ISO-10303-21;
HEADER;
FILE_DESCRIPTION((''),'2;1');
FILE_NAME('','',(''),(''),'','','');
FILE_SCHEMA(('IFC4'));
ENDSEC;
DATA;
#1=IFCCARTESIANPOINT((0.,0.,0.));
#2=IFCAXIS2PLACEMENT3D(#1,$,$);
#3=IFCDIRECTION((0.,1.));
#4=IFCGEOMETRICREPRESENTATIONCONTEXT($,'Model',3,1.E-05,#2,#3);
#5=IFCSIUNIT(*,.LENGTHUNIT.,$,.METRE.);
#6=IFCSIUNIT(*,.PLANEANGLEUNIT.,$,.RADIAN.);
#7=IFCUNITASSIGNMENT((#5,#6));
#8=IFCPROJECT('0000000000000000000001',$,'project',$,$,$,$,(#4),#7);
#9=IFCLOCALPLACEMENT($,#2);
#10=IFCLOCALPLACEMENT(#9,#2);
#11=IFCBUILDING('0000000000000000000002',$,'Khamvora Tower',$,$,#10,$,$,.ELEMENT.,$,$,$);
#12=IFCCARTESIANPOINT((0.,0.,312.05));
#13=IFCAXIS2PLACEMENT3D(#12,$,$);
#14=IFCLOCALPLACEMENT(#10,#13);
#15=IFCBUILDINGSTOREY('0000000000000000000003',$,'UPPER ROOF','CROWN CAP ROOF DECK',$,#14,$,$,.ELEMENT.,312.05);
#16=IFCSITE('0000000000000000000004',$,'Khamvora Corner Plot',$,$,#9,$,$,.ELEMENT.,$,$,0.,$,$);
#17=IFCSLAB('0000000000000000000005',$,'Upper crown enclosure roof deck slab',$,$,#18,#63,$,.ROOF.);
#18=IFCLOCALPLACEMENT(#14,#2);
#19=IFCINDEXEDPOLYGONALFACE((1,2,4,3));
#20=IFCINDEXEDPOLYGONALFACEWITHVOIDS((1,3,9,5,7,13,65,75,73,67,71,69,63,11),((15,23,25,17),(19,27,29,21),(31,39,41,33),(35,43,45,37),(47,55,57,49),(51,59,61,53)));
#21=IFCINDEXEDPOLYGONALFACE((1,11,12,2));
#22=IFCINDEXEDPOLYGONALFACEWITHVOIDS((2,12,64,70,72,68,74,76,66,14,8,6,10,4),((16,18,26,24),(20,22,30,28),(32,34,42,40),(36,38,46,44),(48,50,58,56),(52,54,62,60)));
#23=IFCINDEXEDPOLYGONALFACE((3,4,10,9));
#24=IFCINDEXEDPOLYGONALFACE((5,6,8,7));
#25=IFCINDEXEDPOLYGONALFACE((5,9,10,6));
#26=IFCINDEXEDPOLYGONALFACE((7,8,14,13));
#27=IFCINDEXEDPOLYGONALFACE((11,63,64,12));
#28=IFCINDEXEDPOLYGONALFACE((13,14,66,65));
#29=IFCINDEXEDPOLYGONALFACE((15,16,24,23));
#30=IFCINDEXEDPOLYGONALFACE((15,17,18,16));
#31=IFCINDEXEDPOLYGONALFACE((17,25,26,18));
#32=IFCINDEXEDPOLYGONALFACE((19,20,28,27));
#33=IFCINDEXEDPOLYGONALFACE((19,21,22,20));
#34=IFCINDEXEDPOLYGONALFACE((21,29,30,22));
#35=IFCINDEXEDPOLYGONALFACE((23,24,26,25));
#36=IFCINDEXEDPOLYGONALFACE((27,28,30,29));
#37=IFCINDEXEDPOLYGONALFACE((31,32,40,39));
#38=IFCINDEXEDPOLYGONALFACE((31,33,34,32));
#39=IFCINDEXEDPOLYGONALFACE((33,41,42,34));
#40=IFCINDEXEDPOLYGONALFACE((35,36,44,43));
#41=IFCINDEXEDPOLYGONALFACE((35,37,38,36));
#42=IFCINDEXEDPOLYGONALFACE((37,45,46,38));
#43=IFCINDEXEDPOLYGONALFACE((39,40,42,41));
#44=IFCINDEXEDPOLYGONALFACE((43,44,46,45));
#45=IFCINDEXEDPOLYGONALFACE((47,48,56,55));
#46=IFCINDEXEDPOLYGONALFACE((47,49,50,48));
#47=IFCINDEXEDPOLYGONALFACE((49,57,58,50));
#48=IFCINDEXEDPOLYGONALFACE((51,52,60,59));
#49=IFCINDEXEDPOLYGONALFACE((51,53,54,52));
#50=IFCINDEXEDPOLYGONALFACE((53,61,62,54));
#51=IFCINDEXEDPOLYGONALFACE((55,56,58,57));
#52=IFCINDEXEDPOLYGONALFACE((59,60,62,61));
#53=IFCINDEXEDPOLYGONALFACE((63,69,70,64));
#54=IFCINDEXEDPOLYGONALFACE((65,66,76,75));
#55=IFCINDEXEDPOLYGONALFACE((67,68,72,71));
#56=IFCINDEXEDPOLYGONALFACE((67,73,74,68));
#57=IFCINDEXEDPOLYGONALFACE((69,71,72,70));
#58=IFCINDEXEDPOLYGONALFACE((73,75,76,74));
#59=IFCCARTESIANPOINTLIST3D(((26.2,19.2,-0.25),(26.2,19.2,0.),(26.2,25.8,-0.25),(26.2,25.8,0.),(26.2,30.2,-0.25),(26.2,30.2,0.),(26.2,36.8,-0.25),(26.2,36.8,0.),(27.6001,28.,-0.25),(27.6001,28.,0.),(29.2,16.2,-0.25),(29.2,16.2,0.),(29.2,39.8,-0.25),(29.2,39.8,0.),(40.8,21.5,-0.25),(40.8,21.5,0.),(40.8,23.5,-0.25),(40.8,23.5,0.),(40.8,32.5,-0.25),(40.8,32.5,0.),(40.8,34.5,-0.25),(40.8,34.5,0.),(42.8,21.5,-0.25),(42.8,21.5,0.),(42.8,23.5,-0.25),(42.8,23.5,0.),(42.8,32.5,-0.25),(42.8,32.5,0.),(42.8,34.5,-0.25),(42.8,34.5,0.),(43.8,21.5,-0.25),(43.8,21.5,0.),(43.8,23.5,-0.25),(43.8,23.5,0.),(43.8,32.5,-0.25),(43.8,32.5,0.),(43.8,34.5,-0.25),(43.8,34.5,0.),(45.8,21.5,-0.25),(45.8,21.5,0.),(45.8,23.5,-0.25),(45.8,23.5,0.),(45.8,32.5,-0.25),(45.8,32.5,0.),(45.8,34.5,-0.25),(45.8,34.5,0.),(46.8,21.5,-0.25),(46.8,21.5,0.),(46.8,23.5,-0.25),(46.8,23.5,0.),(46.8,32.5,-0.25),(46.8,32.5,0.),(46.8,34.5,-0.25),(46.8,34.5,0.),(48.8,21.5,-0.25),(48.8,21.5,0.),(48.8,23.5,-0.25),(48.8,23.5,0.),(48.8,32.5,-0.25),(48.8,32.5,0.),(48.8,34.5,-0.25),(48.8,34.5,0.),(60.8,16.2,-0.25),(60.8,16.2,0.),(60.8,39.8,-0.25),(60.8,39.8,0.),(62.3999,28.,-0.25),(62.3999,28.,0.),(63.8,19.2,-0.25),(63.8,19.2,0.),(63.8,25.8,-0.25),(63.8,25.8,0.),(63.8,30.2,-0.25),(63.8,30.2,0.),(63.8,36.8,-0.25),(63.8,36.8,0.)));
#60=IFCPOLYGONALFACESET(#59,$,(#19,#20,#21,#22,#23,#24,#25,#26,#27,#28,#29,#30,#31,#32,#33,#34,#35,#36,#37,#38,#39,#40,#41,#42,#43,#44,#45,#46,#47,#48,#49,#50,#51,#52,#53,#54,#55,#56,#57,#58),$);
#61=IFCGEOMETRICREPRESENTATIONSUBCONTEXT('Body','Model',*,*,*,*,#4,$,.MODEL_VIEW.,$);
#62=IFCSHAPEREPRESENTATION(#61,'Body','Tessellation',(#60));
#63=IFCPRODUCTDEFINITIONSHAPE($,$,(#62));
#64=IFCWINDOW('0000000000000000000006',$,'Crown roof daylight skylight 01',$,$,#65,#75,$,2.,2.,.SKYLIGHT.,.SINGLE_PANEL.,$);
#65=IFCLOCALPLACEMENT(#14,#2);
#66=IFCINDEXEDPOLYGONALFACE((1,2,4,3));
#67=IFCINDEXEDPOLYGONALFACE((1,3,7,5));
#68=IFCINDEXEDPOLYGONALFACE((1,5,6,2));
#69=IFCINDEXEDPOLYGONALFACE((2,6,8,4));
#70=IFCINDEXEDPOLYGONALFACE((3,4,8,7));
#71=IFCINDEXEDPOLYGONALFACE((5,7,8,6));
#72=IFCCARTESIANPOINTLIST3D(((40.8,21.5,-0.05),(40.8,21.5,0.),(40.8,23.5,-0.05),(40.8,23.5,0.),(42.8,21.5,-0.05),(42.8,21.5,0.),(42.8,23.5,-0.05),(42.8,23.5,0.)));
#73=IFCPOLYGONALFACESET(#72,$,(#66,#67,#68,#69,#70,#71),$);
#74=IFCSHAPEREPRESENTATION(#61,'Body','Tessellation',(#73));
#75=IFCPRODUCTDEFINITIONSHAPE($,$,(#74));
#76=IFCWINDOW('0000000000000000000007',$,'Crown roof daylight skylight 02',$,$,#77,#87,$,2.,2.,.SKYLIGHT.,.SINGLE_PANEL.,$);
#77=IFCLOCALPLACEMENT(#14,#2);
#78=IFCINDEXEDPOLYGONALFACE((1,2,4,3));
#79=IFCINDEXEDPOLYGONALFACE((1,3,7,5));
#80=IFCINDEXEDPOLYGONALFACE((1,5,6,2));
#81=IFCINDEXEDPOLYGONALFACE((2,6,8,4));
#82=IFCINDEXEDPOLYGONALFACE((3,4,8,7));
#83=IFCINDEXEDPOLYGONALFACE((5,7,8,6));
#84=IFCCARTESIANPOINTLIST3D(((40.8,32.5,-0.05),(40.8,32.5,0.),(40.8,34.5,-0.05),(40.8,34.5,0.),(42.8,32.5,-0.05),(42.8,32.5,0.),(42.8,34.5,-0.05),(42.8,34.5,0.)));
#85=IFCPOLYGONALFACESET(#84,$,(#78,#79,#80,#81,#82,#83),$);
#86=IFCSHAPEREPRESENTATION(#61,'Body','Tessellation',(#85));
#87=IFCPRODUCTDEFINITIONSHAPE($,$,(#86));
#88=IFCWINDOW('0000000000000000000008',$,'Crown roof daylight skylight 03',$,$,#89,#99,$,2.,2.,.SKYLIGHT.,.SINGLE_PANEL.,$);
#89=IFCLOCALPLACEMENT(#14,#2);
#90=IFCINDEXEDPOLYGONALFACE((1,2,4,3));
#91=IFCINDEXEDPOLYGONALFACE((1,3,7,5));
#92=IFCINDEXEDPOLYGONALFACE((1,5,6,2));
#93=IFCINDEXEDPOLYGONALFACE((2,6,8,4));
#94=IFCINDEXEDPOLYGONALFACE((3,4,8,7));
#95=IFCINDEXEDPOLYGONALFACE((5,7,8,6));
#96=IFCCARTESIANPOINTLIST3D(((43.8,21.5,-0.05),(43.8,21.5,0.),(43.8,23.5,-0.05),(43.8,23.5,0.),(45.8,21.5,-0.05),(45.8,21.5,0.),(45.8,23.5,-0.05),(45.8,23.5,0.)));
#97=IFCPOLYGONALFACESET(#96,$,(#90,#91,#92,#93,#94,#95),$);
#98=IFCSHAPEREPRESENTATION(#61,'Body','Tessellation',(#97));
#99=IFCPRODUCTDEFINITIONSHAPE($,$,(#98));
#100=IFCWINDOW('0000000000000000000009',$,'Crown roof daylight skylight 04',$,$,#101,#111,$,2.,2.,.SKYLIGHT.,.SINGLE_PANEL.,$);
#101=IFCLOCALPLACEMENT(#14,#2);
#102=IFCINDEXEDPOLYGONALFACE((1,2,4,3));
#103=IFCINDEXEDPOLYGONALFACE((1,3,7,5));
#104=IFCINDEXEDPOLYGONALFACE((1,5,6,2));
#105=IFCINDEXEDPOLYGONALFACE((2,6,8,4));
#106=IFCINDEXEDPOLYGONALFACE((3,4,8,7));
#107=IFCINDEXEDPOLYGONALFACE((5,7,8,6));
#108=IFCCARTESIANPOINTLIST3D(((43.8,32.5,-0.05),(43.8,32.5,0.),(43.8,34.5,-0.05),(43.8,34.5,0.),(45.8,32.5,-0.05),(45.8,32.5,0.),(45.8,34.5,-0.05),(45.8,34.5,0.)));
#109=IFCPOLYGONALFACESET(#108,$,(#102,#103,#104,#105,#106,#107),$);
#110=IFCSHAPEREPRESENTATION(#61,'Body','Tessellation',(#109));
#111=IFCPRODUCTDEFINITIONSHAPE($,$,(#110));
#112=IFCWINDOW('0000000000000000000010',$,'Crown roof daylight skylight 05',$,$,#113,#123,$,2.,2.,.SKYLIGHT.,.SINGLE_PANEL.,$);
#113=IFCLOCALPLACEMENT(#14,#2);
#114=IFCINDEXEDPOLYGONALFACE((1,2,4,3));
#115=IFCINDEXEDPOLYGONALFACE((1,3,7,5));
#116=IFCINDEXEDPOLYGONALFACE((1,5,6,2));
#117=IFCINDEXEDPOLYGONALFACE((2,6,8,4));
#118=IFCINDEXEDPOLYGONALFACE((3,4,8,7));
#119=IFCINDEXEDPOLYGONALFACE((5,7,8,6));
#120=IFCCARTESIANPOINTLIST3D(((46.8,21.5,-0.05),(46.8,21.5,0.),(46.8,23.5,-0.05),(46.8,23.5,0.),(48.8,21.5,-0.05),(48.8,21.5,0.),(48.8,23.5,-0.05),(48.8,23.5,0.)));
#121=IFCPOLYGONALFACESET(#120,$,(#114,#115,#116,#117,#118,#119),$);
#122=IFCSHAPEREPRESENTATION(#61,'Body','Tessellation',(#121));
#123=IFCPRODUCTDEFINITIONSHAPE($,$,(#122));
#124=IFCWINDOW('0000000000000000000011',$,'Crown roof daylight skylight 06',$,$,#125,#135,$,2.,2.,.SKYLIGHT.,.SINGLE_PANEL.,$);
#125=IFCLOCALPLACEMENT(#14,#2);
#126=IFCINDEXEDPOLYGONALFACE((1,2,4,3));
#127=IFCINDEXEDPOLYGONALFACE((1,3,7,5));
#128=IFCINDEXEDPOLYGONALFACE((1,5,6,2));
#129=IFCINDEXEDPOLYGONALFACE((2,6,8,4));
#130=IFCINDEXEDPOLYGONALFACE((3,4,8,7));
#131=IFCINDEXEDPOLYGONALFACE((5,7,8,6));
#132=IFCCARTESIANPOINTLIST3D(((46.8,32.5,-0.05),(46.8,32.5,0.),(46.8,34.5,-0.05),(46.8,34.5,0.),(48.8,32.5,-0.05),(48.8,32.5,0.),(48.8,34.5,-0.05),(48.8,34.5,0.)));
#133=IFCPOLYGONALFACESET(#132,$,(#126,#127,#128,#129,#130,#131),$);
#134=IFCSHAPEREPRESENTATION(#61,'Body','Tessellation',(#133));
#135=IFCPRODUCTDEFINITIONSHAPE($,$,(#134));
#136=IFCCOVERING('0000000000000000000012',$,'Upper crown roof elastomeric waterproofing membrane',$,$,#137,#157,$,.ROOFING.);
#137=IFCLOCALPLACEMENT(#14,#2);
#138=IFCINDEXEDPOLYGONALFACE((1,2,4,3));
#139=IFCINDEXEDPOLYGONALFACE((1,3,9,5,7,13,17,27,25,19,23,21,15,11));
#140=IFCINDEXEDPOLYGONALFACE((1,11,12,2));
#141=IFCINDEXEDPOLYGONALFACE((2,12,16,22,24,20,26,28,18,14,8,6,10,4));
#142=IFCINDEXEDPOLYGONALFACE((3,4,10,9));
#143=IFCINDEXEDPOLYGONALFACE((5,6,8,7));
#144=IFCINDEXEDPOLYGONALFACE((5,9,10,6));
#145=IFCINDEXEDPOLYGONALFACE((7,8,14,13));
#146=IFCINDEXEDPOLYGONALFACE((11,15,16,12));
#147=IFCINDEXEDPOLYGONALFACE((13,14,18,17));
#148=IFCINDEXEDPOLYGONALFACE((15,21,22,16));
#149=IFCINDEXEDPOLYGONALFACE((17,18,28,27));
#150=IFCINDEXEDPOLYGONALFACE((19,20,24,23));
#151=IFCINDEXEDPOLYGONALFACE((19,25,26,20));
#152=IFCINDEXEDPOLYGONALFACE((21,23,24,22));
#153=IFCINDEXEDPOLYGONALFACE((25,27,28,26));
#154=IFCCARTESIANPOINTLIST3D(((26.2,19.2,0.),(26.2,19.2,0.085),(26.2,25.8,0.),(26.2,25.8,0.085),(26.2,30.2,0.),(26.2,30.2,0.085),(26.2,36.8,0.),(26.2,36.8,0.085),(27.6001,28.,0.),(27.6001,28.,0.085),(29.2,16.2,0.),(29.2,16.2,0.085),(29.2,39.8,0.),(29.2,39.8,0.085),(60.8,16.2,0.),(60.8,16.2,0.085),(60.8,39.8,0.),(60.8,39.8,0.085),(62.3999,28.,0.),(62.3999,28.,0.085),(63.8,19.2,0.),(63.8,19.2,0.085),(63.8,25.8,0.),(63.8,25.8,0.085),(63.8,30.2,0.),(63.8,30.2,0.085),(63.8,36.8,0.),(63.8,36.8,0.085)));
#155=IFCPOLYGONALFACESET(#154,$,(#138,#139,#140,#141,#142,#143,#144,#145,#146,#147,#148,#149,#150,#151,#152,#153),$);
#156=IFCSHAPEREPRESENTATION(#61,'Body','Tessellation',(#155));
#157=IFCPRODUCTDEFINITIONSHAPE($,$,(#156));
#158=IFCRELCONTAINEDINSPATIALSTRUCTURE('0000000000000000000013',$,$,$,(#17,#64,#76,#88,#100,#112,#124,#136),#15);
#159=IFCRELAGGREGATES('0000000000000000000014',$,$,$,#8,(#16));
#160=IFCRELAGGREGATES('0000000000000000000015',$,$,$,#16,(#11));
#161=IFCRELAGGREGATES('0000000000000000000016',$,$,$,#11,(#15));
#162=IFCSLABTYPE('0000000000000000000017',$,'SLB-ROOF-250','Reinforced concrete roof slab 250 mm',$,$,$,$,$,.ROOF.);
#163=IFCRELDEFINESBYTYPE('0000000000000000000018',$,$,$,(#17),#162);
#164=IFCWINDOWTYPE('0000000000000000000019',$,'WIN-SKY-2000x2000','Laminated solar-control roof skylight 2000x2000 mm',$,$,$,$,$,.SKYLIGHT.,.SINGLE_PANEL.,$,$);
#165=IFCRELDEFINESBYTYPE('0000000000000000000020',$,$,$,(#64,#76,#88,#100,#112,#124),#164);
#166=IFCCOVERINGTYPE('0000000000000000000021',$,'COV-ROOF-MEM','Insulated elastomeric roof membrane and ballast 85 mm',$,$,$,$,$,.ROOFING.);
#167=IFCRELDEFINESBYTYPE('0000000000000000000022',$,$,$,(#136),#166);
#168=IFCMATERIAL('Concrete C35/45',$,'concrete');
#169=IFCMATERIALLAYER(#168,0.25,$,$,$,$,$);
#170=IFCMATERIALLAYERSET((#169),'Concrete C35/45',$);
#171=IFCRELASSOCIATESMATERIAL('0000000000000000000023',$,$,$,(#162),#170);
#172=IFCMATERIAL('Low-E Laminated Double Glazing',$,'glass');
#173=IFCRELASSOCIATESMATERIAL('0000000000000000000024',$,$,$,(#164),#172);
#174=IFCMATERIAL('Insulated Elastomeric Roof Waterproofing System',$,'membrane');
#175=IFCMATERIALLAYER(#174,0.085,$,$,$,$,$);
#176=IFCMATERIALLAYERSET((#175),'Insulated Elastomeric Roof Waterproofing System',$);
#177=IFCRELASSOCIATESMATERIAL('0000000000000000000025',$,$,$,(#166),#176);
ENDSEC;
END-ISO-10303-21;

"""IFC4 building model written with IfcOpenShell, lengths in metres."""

from ifc_helpers import new_model, si_unit, direction, frame, origin, origin_2d, place, context, subcontext, project, spatial, polyline, rectangle, outline, extrude, material, layer, layer_set, type_object, element, fill, save


model = new_model("IFC4")

# Units and contexts
model_context = context("Model", 3, precision=1e-05, world=origin(), true_north=direction((0.0, 1.0)))
body_context = subcontext(model_context, "Body", "Model", "MODEL_VIEW")
ifc_project = project(units=[si_unit("LENGTHUNIT", "METRE"), si_unit("PLANEANGLEUNIT", "RADIAN")], contexts=[model_context])

# Site, building, storey
site_placement = place(None, origin())
site = spatial("IfcSite", under=ifc_project, at=site_placement, Name="Khamvora Corner Plot", CompositionType="ELEMENT", RefElevation=0.0)
building_placement = place(site_placement, origin())
building = spatial("IfcBuilding", under=site, at=building_placement, Name="Khamvora Tower", CompositionType="ELEMENT")
storey_placement = place(building_placement, frame((0.0, 0.0, 312.05)))
storey = spatial("IfcBuildingStorey", under=building, at=storey_placement, Name="UPPER ROOF", Description="CROWN CAP ROOF DECK", CompositionType="ELEMENT", Elevation=312.05)

# Slab, openings, windows
ifc_material_1 = material(Name="Concrete C35/45", Category="concrete")
ifc_layer_1 = layer(ifc_material_1, 0.25)
ifc_layer_set_1 = layer_set([ifc_layer_1], Name="Concrete C35/45")
slab_type = type_object("IfcSlabType", Name="SLB-ROOF-250", Description="Reinforced concrete roof slab 250 mm", PredefinedType="ROOF", material=ifc_layer_set_1)
slab_placement = place(storey_placement, frame((0.0, 0.0, -0.25)))
slab = element("IfcSlab", 1, at=slab_placement, inside=storey, type_object=slab_type, Name="Upper crown enclosure roof deck slab", PredefinedType="ROOF", context=body_context, shape_type="SweptSolid", body=[
    extrude(outline(polyline([(29.2, 16.2), (60.8, 16.2), (63.8, 19.2), (63.8, 25.8), (62.3999, 28.0), (63.8, 30.2), (63.8, 36.8), (60.8, 39.8), (29.2, 39.8), (26.2, 36.8), (26.2, 30.2), (27.6001, 28.0), (26.2, 25.8), (26.2, 19.2), (29.2, 16.2)])), origin(), (0.0, 0.0, 1.0), 0.25),
])
opening_1_placement = place(slab_placement, frame((41.8, 22.5, 0.0)))
opening_1 = element("IfcOpeningElement", 2, at=opening_1_placement, cuts=slab, PredefinedType="OPENING", context=body_context, shape_type="SweptSolid", body=[
    extrude(rectangle(XDim=2.0, YDim=2.0, at=origin_2d()), frame((0.0, 0.0, -0.01)), (0.0, 0.0, 1.0), 0.27),
])
opening_2_placement = place(slab_placement, frame((41.8, 33.5, 0.0)))
opening_2 = element("IfcOpeningElement", 3, at=opening_2_placement, cuts=slab, PredefinedType="OPENING", context=body_context, shape_type="SweptSolid", body=[
    extrude(rectangle(XDim=2.0, YDim=2.0, at=origin_2d()), frame((0.0, 0.0, -0.01)), (0.0, 0.0, 1.0), 0.27),
])
opening_3_placement = place(slab_placement, frame((44.8, 22.5, 0.0)))
opening_3 = element("IfcOpeningElement", 4, at=opening_3_placement, cuts=slab, PredefinedType="OPENING", context=body_context, shape_type="SweptSolid", body=[
    extrude(rectangle(XDim=2.0, YDim=2.0, at=origin_2d()), frame((0.0, 0.0, -0.01)), (0.0, 0.0, 1.0), 0.27),
])
opening_4_placement = place(slab_placement, frame((44.8, 33.5, 0.0)))
opening_4 = element("IfcOpeningElement", 5, at=opening_4_placement, cuts=slab, PredefinedType="OPENING", context=body_context, shape_type="SweptSolid", body=[
    extrude(rectangle(XDim=2.0, YDim=2.0, at=origin_2d()), frame((0.0, 0.0, -0.01)), (0.0, 0.0, 1.0), 0.27),
])
opening_5_placement = place(slab_placement, frame((47.8, 22.5, 0.0)))
opening_5 = element("IfcOpeningElement", 6, at=opening_5_placement, cuts=slab, PredefinedType="OPENING", context=body_context, shape_type="SweptSolid", body=[
    extrude(rectangle(XDim=2.0, YDim=2.0, at=origin_2d()), frame((0.0, 0.0, -0.01)), (0.0, 0.0, 1.0), 0.27),
])
opening_6_placement = place(slab_placement, frame((47.8, 33.5, 0.0)))
opening_6 = element("IfcOpeningElement", 7, at=opening_6_placement, cuts=slab, PredefinedType="OPENING", context=body_context, shape_type="SweptSolid", body=[
    extrude(rectangle(XDim=2.0, YDim=2.0, at=origin_2d()), frame((0.0, 0.0, -0.01)), (0.0, 0.0, 1.0), 0.27),
])
ifc_material_2 = material(Name="Low-E Laminated Double Glazing", Category="glass")
window_type = type_object("IfcWindowType", Name="WIN-SKY-2000x2000", Description="Laminated solar-control roof skylight 2000x2000 mm", PartitioningType="SINGLE_PANEL", PredefinedType="SKYLIGHT", material=ifc_material_2)
window_1_placement = place(opening_1_placement, frame((0.0, 0.0, 0.2)))
window_1 = element("IfcWindow", 8, at=window_1_placement, inside=storey, type_object=window_type, Name="Crown roof daylight skylight 01", OverallHeight=2.0, OverallWidth=2.0, PartitioningType="SINGLE_PANEL", PredefinedType="SKYLIGHT", context=body_context, shape_type="SweptSolid", body=[
    extrude(rectangle(XDim=2.0, YDim=2.0, at=origin_2d()), origin(), (0.0, 0.0, 1.0), 0.05),
])
fill(opening_1, window_1)
window_2_placement = place(opening_2_placement, frame((0.0, 0.0, 0.2)))
window_2 = element("IfcWindow", 9, at=window_2_placement, inside=storey, type_object=window_type, Name="Crown roof daylight skylight 02", OverallHeight=2.0, OverallWidth=2.0, PartitioningType="SINGLE_PANEL", PredefinedType="SKYLIGHT", context=body_context, shape_type="SweptSolid", body=[
    extrude(rectangle(XDim=2.0, YDim=2.0, at=origin_2d()), origin(), (0.0, 0.0, 1.0), 0.05),
])
fill(opening_2, window_2)
window_3_placement = place(opening_3_placement, frame((0.0, 0.0, 0.2)))
window_3 = element("IfcWindow", 10, at=window_3_placement, inside=storey, type_object=window_type, Name="Crown roof daylight skylight 03", OverallHeight=2.0, OverallWidth=2.0, PartitioningType="SINGLE_PANEL", PredefinedType="SKYLIGHT", context=body_context, shape_type="SweptSolid", body=[
    extrude(rectangle(XDim=2.0, YDim=2.0, at=origin_2d()), origin(), (0.0, 0.0, 1.0), 0.05),
])
fill(opening_3, window_3)
window_4_placement = place(opening_4_placement, frame((0.0, 0.0, 0.2)))
window_4 = element("IfcWindow", 11, at=window_4_placement, inside=storey, type_object=window_type, Name="Crown roof daylight skylight 04", OverallHeight=2.0, OverallWidth=2.0, PartitioningType="SINGLE_PANEL", PredefinedType="SKYLIGHT", context=body_context, shape_type="SweptSolid", body=[
    extrude(rectangle(XDim=2.0, YDim=2.0, at=origin_2d()), origin(), (0.0, 0.0, 1.0), 0.05),
])
fill(opening_4, window_4)
window_5_placement = place(opening_5_placement, frame((0.0, 0.0, 0.2)))
window_5 = element("IfcWindow", 12, at=window_5_placement, inside=storey, type_object=window_type, Name="Crown roof daylight skylight 05", OverallHeight=2.0, OverallWidth=2.0, PartitioningType="SINGLE_PANEL", PredefinedType="SKYLIGHT", context=body_context, shape_type="SweptSolid", body=[
    extrude(rectangle(XDim=2.0, YDim=2.0, at=origin_2d()), origin(), (0.0, 0.0, 1.0), 0.05),
])
fill(opening_5, window_5)
window_6_placement = place(opening_6_placement, frame((0.0, 0.0, 0.2)))
window_6 = element("IfcWindow", 13, at=window_6_placement, inside=storey, type_object=window_type, Name="Crown roof daylight skylight 06", OverallHeight=2.0, OverallWidth=2.0, PartitioningType="SINGLE_PANEL", PredefinedType="SKYLIGHT", context=body_context, shape_type="SweptSolid", body=[
    extrude(rectangle(XDim=2.0, YDim=2.0, at=origin_2d()), origin(), (0.0, 0.0, 1.0), 0.05),
])
fill(opening_6, window_6)

# Covering
ifc_material_3 = material(Name="Insulated Elastomeric Roof Waterproofing System", Category="membrane")
ifc_layer_2 = layer(ifc_material_3, 0.085)
ifc_layer_set_2 = layer_set([ifc_layer_2], Name="Insulated Elastomeric Roof Waterproofing System")
covering_type = type_object("IfcCoveringType", Name="COV-ROOF-MEM", Description="Insulated elastomeric roof membrane and ballast 85 mm", PredefinedType="ROOFING", material=ifc_layer_set_2)
covering_placement = place(storey_placement, origin())
element("IfcCovering", 14, at=covering_placement, inside=storey, type_object=covering_type, Name="Upper crown roof elastomeric waterproofing membrane", PredefinedType="ROOFING", context=body_context, shape_type="SweptSolid", body=[
    extrude(outline(polyline([(29.2, 16.2), (60.8, 16.2), (63.8, 19.2), (63.8, 25.8), (62.3999, 28.0), (63.8, 30.2), (63.8, 36.8), (60.8, 39.8), (29.2, 39.8), (26.2, 36.8), (26.2, 30.2), (27.6001, 28.0), (26.2, 25.8), (26.2, 19.2), (29.2, 16.2)])), origin(), (0.0, 0.0, 1.0), 0.085),
])

save(model, "model.ifc")
